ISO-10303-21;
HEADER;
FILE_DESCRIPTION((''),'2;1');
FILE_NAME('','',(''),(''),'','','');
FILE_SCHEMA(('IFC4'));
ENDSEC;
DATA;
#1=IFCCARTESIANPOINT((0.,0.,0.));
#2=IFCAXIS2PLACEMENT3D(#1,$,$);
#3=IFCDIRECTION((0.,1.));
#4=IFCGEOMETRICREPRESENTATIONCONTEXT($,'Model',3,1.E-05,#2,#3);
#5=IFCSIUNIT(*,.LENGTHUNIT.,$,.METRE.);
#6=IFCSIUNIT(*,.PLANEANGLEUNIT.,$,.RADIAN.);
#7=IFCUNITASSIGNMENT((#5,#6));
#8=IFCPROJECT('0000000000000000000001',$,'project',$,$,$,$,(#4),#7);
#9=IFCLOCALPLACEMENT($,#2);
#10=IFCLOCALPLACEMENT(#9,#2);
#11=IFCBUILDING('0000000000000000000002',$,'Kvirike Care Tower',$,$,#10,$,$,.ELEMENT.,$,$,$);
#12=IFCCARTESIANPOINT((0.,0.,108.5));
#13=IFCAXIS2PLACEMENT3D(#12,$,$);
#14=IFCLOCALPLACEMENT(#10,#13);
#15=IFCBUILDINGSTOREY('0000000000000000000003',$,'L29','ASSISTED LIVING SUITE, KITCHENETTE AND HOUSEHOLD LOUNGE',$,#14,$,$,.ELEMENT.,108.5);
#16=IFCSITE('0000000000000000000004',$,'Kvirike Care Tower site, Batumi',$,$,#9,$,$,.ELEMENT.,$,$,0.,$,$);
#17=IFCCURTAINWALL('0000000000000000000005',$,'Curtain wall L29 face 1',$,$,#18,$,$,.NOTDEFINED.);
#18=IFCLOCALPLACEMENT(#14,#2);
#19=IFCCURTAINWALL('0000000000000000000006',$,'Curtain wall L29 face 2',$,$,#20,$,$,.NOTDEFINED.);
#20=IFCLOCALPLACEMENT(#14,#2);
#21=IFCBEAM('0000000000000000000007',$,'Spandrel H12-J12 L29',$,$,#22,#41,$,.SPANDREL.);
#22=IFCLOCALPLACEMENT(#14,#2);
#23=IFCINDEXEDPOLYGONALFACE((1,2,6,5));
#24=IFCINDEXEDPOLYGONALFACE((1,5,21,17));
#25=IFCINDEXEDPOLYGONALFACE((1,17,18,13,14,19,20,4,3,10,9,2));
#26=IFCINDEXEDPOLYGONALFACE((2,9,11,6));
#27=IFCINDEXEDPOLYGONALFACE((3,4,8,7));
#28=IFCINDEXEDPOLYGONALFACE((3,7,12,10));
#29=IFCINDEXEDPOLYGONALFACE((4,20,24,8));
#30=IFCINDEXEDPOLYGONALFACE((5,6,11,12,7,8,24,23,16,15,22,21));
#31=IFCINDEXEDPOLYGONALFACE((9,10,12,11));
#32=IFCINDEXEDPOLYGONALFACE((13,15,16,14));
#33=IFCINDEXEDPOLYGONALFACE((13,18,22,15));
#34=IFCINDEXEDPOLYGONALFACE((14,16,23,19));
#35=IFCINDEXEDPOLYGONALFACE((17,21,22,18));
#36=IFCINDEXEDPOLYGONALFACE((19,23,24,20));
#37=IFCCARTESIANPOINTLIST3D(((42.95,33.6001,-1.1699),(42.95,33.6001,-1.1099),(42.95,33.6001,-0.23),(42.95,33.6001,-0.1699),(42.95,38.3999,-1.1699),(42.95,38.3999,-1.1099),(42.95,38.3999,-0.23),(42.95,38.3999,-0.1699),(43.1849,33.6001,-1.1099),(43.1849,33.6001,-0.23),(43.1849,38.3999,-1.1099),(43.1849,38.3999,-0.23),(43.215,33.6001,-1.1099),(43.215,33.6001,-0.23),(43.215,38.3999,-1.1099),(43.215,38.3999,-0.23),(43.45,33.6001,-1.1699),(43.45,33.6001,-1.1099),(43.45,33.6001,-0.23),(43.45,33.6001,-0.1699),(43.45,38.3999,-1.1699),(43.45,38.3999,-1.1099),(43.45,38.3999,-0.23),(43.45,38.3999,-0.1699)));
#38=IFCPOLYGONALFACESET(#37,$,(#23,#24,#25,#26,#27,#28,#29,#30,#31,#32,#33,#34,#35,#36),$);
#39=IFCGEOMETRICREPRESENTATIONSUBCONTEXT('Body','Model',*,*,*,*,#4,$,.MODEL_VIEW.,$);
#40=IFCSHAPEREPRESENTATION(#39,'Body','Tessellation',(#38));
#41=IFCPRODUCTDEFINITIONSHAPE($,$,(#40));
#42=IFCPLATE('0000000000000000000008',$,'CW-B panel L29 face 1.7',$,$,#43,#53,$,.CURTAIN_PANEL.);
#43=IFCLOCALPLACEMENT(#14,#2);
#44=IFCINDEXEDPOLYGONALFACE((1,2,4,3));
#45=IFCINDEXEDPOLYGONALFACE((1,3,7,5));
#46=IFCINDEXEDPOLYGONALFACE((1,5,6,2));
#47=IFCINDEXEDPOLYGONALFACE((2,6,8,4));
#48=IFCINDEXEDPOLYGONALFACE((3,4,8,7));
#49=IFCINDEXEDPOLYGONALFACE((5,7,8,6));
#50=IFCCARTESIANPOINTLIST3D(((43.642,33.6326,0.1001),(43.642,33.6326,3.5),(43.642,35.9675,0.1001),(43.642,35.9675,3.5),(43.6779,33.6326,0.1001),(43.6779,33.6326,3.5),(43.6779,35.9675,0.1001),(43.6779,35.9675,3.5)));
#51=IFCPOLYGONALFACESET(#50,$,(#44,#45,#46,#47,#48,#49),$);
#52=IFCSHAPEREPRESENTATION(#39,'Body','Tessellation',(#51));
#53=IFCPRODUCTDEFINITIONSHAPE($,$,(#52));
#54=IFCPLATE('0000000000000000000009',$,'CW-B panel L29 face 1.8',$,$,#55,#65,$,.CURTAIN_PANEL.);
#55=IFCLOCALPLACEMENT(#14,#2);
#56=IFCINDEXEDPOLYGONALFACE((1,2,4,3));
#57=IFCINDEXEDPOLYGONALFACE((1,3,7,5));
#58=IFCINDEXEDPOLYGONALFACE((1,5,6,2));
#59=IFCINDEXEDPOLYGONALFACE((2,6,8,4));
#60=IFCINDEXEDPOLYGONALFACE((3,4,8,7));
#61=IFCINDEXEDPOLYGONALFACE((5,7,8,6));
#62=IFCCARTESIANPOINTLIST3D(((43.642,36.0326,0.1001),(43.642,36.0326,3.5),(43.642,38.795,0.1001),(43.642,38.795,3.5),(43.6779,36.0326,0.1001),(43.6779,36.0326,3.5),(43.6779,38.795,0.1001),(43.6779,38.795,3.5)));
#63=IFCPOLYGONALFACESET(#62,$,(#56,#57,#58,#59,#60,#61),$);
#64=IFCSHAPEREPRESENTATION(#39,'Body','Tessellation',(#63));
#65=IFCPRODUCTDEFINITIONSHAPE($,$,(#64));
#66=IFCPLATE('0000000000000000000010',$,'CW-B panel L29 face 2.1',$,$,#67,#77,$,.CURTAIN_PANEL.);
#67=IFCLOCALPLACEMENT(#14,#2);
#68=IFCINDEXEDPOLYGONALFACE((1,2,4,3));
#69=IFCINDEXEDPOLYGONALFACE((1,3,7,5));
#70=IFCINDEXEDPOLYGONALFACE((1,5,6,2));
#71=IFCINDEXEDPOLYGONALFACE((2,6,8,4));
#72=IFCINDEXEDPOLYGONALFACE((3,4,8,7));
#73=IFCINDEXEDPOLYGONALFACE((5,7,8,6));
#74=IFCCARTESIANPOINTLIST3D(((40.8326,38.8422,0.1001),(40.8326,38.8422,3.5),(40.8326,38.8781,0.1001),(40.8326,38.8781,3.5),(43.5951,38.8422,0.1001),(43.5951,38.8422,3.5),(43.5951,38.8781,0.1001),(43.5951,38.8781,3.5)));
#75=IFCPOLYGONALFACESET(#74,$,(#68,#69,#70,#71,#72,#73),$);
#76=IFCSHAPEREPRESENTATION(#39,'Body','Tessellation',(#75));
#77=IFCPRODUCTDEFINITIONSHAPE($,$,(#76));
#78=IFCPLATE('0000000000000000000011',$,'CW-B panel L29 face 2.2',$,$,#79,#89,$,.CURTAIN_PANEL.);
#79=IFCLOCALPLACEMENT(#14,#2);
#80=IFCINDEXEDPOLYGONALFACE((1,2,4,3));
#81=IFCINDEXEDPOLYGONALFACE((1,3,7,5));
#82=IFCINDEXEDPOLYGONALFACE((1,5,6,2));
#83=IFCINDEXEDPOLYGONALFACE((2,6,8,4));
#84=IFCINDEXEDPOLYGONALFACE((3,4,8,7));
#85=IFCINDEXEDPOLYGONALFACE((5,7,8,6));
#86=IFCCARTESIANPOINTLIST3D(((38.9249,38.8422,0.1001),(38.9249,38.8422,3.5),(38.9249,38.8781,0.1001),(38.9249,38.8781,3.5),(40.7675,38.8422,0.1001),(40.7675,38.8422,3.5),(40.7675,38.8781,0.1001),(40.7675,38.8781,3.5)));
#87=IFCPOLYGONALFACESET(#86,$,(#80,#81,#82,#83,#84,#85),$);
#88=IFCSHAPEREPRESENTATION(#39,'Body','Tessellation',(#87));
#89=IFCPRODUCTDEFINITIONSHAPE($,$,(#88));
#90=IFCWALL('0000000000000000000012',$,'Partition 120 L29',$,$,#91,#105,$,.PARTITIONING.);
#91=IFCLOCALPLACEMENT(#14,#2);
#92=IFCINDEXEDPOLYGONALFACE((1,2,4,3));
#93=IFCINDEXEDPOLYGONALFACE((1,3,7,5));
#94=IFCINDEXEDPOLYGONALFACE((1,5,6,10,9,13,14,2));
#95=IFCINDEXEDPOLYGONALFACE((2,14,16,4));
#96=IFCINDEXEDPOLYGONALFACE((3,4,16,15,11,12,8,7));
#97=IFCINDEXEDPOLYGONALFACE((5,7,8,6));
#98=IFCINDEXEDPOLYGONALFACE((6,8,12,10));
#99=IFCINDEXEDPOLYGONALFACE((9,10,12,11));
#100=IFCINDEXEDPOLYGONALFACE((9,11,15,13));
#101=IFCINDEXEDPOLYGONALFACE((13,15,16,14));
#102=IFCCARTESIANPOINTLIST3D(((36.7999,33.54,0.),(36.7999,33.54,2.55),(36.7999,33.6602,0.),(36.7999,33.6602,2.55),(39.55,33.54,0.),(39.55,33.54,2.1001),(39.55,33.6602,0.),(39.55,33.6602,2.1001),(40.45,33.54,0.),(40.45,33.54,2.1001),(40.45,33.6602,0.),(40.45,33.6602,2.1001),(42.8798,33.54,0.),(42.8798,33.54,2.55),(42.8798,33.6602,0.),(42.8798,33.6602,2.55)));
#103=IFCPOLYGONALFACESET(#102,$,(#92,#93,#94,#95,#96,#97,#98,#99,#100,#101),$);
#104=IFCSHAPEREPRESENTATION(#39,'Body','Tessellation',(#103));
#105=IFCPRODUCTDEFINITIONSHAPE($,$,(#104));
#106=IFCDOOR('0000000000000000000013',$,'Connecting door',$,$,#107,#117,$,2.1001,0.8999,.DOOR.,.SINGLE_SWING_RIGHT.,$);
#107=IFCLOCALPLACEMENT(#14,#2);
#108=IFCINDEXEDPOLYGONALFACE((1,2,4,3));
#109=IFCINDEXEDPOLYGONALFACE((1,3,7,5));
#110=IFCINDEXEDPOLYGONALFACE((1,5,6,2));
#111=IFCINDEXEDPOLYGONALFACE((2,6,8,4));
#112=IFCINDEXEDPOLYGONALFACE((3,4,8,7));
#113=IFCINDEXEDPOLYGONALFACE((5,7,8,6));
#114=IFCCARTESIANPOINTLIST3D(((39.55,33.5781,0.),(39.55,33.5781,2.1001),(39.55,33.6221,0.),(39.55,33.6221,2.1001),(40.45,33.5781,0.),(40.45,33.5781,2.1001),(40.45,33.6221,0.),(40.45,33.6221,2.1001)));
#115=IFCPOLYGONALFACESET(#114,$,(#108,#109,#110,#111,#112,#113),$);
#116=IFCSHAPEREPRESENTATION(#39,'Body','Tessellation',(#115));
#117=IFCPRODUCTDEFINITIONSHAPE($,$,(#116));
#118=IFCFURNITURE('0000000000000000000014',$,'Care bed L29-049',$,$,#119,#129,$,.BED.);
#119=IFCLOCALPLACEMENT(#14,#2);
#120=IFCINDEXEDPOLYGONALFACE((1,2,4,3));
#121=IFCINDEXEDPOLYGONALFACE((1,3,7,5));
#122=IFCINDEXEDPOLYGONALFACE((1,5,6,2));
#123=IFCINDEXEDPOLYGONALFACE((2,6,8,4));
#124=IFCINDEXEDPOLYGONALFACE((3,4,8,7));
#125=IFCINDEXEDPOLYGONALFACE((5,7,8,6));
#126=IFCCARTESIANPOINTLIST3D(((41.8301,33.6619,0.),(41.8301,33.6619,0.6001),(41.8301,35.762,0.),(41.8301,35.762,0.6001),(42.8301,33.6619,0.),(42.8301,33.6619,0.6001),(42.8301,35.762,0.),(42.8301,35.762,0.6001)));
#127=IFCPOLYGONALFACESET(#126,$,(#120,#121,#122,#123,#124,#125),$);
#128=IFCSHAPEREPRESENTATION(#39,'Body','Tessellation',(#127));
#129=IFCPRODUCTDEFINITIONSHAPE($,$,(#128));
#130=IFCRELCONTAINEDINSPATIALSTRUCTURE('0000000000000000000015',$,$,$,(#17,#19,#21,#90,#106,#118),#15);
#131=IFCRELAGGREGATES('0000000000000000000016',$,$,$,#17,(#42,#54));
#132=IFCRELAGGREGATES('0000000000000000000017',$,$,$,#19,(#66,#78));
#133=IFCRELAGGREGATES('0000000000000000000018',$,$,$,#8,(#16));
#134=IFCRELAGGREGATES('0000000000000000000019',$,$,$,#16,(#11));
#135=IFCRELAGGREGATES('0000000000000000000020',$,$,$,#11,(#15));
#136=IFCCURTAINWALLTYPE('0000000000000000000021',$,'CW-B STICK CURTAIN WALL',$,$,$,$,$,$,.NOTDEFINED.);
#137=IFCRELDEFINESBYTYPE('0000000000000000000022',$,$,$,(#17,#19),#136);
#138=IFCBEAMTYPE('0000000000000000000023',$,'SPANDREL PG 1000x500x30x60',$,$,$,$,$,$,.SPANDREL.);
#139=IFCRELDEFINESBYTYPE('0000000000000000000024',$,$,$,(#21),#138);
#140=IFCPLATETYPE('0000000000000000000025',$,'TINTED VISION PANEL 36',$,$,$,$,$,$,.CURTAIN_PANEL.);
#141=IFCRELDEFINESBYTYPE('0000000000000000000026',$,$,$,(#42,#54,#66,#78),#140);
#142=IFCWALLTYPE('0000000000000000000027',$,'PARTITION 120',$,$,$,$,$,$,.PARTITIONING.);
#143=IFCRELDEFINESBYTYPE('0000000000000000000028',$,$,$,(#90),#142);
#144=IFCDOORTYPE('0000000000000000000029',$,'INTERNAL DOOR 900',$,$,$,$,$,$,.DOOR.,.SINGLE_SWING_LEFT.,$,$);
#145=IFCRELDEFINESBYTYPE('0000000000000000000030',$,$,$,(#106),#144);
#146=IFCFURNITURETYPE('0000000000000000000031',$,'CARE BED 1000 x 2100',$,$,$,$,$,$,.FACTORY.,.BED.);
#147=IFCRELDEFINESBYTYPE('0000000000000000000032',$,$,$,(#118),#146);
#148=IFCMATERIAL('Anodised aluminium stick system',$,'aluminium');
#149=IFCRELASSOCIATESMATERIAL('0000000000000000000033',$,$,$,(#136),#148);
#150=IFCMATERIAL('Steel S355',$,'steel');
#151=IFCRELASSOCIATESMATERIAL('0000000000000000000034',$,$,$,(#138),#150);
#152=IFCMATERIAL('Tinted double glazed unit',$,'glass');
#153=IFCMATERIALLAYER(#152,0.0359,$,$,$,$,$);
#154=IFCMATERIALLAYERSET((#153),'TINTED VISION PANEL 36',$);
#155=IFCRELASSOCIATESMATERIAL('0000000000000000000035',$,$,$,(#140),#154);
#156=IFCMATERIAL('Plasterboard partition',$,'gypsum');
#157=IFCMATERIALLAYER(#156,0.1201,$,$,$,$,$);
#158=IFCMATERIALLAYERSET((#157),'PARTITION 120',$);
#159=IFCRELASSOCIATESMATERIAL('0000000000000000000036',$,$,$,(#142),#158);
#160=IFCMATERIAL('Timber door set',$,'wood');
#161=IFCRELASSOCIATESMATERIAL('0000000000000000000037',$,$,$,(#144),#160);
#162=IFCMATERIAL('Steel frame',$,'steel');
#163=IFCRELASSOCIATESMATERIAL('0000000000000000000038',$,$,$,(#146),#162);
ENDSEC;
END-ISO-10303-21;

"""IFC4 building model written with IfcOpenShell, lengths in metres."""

from ifc_helpers import new_model, si_unit, direction, frame, frame_2d, origin, origin_2d, place, context, subcontext, project, spatial, rectangle, i_section, extrude, material, layer, layer_set, material_profile, profile_set, type_object, element, fill, aggregate, save


model = new_model("IFC4")

# Units and contexts
model_context = context("Model", 3, precision=1e-05, world=origin(), true_north=direction((0.0, 1.0)))
body_context = subcontext(model_context, "Body", "Model", "MODEL_VIEW")
ifc_project = project(units=[si_unit("LENGTHUNIT", "METRE"), si_unit("PLANEANGLEUNIT", "RADIAN")], contexts=[model_context])

# Site, building, storey
site_placement = place(None, origin())
site = spatial("IfcSite", under=ifc_project, at=site_placement, Name="Kvirike Care Tower site, Batumi", CompositionType="ELEMENT", RefElevation=0.0)
building_placement = place(site_placement, origin())
building = spatial("IfcBuilding", under=site, at=building_placement, Name="Kvirike Care Tower", CompositionType="ELEMENT")
storey_placement = place(building_placement, frame((0.0, 0.0, 108.5)))
storey = spatial("IfcBuildingStorey", under=building, at=storey_placement, Name="L29", Description="ASSISTED LIVING SUITE, KITCHENETTE AND HOUSEHOLD LOUNGE", CompositionType="ELEMENT", Elevation=108.5)

# Curtain walls
ifc_material_1 = material(Name="Anodised aluminium stick system", Category="aluminium")
curtain_wall_type = type_object("IfcCurtainWallType", Name="CW-B STICK CURTAIN WALL", PredefinedType="NOTDEFINED", material=ifc_material_1)
curtain_wall_1_placement = place(storey_placement, origin())
curtain_wall_1 = element("IfcCurtainWall", 1, at=curtain_wall_1_placement, inside=storey, type_object=curtain_wall_type, Name="Curtain wall L29 face 1", PredefinedType="NOTDEFINED")
curtain_wall_2_placement = place(storey_placement, origin())
curtain_wall_2 = element("IfcCurtainWall", 2, at=curtain_wall_2_placement, inside=storey, type_object=curtain_wall_type, Name="Curtain wall L29 face 2", PredefinedType="NOTDEFINED")

# Beam
ifc_material_2 = material(Name="Steel S355", Category="steel")
ifc_material_profile_1 = material_profile(ifc_material_2, i_section(OverallWidth=0.5, OverallDepth=1.0, WebThickness=0.03, FlangeThickness=0.0601, at=origin_2d()), Name="PG 1000x500x30x60")
ifc_profile_set_1 = profile_set([ifc_material_profile_1], Name="Steel S355")
beam_type = type_object("IfcBeamType", Name="SPANDREL PG 1000x500x30x60", PredefinedType="SPANDREL", material=ifc_profile_set_1)
beam_placement = place(storey_placement, frame((43.2, 33.6001, -0.6699), z_axis=(0.0, 1.0, 0.0), x_axis=(-1.0, 0.0, 0.0)))
element("IfcBeam", 3, at=beam_placement, inside=storey, type_object=beam_type, Name="Spandrel H12-J12 L29", PredefinedType="SPANDREL", context=body_context, shape_type="SweptSolid", body=[
    extrude(i_section(OverallWidth=0.5, OverallDepth=1.0, WebThickness=0.03, FlangeThickness=0.0601, at=origin_2d()), origin(), (0.0, 0.0, 1.0), 4.7998),
])

# Plates
ifc_material_3 = material(Name="Tinted double glazed unit", Category="glass")
ifc_layer_1 = layer(ifc_material_3, 0.0359)
ifc_layer_set_1 = layer_set([ifc_layer_1], Name="TINTED VISION PANEL 36")
plate_type = type_object("IfcPlateType", Name="TINTED VISION PANEL 36", PredefinedType="CURTAIN_PANEL", material=ifc_layer_set_1)
plate_1_placement = place(storey_placement, frame((43.6599, 34.8, 0.1001), z_axis=(0.0, 0.0, 1.0), x_axis=(0.0, 1.0, 0.0)))
plate_1 = element("IfcPlate", 4, at=plate_1_placement, type_object=plate_type, Name="CW-B panel L29 face 1.7", PredefinedType="CURTAIN_PANEL", context=body_context, shape_type="SweptSolid", body=[
    extrude(rectangle(XDim=2.335, YDim=0.0359, at=origin_2d()), origin(), (0.0, 0.0, 1.0), 3.3999),
])
plate_2_placement = place(storey_placement, frame((43.6599, 37.4138, 0.1001), z_axis=(0.0, 0.0, 1.0), x_axis=(0.0, 1.0, 0.0)))
plate_2 = element("IfcPlate", 5, at=plate_2_placement, type_object=plate_type, Name="CW-B panel L29 face 1.8", PredefinedType="CURTAIN_PANEL", context=body_context, shape_type="SweptSolid", body=[
    extrude(rectangle(XDim=2.7625, YDim=0.0359, at=origin_2d()), origin(), (0.0, 0.0, 1.0), 3.3999),
])
aggregate(curtain_wall_1, [plate_1, plate_2])
plate_3_placement = place(storey_placement, frame((42.2139, 38.8601, 0.1001), z_axis=(0.0, 0.0, 1.0), x_axis=(-1.0, 0.0, 0.0)))
plate_3 = element("IfcPlate", 6, at=plate_3_placement, type_object=plate_type, Name="CW-B panel L29 face 2.1", PredefinedType="CURTAIN_PANEL", context=body_context, shape_type="SweptSolid", body=[
    extrude(rectangle(XDim=2.7625, YDim=0.0359, at=origin_2d()), origin(), (0.0, 0.0, 1.0), 3.3999),
])
plate_4_placement = place(storey_placement, frame((39.8462, 38.8601, 0.1001), z_axis=(0.0, 0.0, 1.0), x_axis=(-1.0, 0.0, 0.0)))
plate_4 = element("IfcPlate", 7, at=plate_4_placement, type_object=plate_type, Name="CW-B panel L29 face 2.2", PredefinedType="CURTAIN_PANEL", context=body_context, shape_type="SweptSolid", body=[
    extrude(rectangle(XDim=1.8425, YDim=0.0359, at=origin_2d()), origin(), (0.0, 0.0, 1.0), 3.3999),
])
aggregate(curtain_wall_2, [plate_3, plate_4])

# Wall, opening, door
ifc_material_4 = material(Name="Plasterboard partition", Category="gypsum")
ifc_layer_2 = layer(ifc_material_4, 0.1201)
ifc_layer_set_2 = layer_set([ifc_layer_2], Name="PARTITION 120")
wall_type = type_object("IfcWallType", Name="PARTITION 120", PredefinedType="PARTITIONING", material=ifc_layer_set_2)
wall_placement = place(storey_placement, frame((42.8799, 33.6001, 0.0), z_axis=(0.0, 0.0, 1.0), x_axis=(-1.0, 0.0, 0.0)))
wall = element("IfcWall", 8, at=wall_placement, inside=storey, type_object=wall_type, Name="Partition 120 L29", PredefinedType="PARTITIONING", context=body_context, shape_type="SweptSolid", body=[
    extrude(rectangle(XDim=6.0798, YDim=0.1201, at=frame_2d((3.04, 0.0))), origin(), (0.0, 0.0, 1.0), 2.55),
])
opening_placement = place(wall_placement, frame((2.4299, 0.0, 0.0)))
opening = element("IfcOpeningElement", 9, at=opening_placement, cuts=wall, PredefinedType="OPENING", context=body_context, shape_type="SweptSolid", body=[
    extrude(rectangle(XDim=0.8999, YDim=2.1001, at=frame_2d((0.45, 1.05))), frame((0.0, 0.0706, 0.0), z_axis=(0.0, -1.0, 0.0), x_axis=(1.0, 0.0, 0.0)), (0.0, 0.0, 1.0), 0.1411),
])
ifc_material_5 = material(Name="Timber door set", Category="wood")
door_type = type_object("IfcDoorType", Name="INTERNAL DOOR 900", OperationType="SINGLE_SWING_LEFT", PredefinedType="DOOR", material=ifc_material_5)
door_placement = place(opening_placement, origin())
door = element("IfcDoor", 10, at=door_placement, inside=storey, type_object=door_type, Name="Connecting door", OperationType="SINGLE_SWING_RIGHT", OverallHeight=2.1001, OverallWidth=0.8999, PredefinedType="DOOR", context=body_context, shape_type="SweptSolid", body=[
    extrude(rectangle(XDim=0.8999, YDim=2.1001, at=frame_2d((0.45, 1.05))), frame((0.0, 0.022, 0.0), z_axis=(0.0, -1.0, 0.0), x_axis=(1.0, 0.0, 0.0)), (0.0, 0.0, 1.0), 0.0439),
])
fill(opening, door)

# Furniture
ifc_material_6 = material(Name="Steel frame", Category="steel")
furniture_type = type_object("IfcFurnitureType", Name="CARE BED 1000 x 2100", AssemblyPlace="FACTORY", PredefinedType="BED", material=ifc_material_6)
furniture_placement = place(storey_placement, frame((42.3301, 34.7119, 0.0), z_axis=(0.0, 0.0, 1.0), x_axis=(-1.0, 0.0, 0.0)))
element("IfcFurniture", 11, at=furniture_placement, inside=storey, type_object=furniture_type, Name="Care bed L29-049", PredefinedType="BED", context=body_context, shape_type="SweptSolid", body=[
    extrude(rectangle(XDim=1.0, YDim=2.1001, at=origin_2d()), origin(), (0.0, 0.0, 1.0), 0.6001),
])

save(model, "model.ifc")
